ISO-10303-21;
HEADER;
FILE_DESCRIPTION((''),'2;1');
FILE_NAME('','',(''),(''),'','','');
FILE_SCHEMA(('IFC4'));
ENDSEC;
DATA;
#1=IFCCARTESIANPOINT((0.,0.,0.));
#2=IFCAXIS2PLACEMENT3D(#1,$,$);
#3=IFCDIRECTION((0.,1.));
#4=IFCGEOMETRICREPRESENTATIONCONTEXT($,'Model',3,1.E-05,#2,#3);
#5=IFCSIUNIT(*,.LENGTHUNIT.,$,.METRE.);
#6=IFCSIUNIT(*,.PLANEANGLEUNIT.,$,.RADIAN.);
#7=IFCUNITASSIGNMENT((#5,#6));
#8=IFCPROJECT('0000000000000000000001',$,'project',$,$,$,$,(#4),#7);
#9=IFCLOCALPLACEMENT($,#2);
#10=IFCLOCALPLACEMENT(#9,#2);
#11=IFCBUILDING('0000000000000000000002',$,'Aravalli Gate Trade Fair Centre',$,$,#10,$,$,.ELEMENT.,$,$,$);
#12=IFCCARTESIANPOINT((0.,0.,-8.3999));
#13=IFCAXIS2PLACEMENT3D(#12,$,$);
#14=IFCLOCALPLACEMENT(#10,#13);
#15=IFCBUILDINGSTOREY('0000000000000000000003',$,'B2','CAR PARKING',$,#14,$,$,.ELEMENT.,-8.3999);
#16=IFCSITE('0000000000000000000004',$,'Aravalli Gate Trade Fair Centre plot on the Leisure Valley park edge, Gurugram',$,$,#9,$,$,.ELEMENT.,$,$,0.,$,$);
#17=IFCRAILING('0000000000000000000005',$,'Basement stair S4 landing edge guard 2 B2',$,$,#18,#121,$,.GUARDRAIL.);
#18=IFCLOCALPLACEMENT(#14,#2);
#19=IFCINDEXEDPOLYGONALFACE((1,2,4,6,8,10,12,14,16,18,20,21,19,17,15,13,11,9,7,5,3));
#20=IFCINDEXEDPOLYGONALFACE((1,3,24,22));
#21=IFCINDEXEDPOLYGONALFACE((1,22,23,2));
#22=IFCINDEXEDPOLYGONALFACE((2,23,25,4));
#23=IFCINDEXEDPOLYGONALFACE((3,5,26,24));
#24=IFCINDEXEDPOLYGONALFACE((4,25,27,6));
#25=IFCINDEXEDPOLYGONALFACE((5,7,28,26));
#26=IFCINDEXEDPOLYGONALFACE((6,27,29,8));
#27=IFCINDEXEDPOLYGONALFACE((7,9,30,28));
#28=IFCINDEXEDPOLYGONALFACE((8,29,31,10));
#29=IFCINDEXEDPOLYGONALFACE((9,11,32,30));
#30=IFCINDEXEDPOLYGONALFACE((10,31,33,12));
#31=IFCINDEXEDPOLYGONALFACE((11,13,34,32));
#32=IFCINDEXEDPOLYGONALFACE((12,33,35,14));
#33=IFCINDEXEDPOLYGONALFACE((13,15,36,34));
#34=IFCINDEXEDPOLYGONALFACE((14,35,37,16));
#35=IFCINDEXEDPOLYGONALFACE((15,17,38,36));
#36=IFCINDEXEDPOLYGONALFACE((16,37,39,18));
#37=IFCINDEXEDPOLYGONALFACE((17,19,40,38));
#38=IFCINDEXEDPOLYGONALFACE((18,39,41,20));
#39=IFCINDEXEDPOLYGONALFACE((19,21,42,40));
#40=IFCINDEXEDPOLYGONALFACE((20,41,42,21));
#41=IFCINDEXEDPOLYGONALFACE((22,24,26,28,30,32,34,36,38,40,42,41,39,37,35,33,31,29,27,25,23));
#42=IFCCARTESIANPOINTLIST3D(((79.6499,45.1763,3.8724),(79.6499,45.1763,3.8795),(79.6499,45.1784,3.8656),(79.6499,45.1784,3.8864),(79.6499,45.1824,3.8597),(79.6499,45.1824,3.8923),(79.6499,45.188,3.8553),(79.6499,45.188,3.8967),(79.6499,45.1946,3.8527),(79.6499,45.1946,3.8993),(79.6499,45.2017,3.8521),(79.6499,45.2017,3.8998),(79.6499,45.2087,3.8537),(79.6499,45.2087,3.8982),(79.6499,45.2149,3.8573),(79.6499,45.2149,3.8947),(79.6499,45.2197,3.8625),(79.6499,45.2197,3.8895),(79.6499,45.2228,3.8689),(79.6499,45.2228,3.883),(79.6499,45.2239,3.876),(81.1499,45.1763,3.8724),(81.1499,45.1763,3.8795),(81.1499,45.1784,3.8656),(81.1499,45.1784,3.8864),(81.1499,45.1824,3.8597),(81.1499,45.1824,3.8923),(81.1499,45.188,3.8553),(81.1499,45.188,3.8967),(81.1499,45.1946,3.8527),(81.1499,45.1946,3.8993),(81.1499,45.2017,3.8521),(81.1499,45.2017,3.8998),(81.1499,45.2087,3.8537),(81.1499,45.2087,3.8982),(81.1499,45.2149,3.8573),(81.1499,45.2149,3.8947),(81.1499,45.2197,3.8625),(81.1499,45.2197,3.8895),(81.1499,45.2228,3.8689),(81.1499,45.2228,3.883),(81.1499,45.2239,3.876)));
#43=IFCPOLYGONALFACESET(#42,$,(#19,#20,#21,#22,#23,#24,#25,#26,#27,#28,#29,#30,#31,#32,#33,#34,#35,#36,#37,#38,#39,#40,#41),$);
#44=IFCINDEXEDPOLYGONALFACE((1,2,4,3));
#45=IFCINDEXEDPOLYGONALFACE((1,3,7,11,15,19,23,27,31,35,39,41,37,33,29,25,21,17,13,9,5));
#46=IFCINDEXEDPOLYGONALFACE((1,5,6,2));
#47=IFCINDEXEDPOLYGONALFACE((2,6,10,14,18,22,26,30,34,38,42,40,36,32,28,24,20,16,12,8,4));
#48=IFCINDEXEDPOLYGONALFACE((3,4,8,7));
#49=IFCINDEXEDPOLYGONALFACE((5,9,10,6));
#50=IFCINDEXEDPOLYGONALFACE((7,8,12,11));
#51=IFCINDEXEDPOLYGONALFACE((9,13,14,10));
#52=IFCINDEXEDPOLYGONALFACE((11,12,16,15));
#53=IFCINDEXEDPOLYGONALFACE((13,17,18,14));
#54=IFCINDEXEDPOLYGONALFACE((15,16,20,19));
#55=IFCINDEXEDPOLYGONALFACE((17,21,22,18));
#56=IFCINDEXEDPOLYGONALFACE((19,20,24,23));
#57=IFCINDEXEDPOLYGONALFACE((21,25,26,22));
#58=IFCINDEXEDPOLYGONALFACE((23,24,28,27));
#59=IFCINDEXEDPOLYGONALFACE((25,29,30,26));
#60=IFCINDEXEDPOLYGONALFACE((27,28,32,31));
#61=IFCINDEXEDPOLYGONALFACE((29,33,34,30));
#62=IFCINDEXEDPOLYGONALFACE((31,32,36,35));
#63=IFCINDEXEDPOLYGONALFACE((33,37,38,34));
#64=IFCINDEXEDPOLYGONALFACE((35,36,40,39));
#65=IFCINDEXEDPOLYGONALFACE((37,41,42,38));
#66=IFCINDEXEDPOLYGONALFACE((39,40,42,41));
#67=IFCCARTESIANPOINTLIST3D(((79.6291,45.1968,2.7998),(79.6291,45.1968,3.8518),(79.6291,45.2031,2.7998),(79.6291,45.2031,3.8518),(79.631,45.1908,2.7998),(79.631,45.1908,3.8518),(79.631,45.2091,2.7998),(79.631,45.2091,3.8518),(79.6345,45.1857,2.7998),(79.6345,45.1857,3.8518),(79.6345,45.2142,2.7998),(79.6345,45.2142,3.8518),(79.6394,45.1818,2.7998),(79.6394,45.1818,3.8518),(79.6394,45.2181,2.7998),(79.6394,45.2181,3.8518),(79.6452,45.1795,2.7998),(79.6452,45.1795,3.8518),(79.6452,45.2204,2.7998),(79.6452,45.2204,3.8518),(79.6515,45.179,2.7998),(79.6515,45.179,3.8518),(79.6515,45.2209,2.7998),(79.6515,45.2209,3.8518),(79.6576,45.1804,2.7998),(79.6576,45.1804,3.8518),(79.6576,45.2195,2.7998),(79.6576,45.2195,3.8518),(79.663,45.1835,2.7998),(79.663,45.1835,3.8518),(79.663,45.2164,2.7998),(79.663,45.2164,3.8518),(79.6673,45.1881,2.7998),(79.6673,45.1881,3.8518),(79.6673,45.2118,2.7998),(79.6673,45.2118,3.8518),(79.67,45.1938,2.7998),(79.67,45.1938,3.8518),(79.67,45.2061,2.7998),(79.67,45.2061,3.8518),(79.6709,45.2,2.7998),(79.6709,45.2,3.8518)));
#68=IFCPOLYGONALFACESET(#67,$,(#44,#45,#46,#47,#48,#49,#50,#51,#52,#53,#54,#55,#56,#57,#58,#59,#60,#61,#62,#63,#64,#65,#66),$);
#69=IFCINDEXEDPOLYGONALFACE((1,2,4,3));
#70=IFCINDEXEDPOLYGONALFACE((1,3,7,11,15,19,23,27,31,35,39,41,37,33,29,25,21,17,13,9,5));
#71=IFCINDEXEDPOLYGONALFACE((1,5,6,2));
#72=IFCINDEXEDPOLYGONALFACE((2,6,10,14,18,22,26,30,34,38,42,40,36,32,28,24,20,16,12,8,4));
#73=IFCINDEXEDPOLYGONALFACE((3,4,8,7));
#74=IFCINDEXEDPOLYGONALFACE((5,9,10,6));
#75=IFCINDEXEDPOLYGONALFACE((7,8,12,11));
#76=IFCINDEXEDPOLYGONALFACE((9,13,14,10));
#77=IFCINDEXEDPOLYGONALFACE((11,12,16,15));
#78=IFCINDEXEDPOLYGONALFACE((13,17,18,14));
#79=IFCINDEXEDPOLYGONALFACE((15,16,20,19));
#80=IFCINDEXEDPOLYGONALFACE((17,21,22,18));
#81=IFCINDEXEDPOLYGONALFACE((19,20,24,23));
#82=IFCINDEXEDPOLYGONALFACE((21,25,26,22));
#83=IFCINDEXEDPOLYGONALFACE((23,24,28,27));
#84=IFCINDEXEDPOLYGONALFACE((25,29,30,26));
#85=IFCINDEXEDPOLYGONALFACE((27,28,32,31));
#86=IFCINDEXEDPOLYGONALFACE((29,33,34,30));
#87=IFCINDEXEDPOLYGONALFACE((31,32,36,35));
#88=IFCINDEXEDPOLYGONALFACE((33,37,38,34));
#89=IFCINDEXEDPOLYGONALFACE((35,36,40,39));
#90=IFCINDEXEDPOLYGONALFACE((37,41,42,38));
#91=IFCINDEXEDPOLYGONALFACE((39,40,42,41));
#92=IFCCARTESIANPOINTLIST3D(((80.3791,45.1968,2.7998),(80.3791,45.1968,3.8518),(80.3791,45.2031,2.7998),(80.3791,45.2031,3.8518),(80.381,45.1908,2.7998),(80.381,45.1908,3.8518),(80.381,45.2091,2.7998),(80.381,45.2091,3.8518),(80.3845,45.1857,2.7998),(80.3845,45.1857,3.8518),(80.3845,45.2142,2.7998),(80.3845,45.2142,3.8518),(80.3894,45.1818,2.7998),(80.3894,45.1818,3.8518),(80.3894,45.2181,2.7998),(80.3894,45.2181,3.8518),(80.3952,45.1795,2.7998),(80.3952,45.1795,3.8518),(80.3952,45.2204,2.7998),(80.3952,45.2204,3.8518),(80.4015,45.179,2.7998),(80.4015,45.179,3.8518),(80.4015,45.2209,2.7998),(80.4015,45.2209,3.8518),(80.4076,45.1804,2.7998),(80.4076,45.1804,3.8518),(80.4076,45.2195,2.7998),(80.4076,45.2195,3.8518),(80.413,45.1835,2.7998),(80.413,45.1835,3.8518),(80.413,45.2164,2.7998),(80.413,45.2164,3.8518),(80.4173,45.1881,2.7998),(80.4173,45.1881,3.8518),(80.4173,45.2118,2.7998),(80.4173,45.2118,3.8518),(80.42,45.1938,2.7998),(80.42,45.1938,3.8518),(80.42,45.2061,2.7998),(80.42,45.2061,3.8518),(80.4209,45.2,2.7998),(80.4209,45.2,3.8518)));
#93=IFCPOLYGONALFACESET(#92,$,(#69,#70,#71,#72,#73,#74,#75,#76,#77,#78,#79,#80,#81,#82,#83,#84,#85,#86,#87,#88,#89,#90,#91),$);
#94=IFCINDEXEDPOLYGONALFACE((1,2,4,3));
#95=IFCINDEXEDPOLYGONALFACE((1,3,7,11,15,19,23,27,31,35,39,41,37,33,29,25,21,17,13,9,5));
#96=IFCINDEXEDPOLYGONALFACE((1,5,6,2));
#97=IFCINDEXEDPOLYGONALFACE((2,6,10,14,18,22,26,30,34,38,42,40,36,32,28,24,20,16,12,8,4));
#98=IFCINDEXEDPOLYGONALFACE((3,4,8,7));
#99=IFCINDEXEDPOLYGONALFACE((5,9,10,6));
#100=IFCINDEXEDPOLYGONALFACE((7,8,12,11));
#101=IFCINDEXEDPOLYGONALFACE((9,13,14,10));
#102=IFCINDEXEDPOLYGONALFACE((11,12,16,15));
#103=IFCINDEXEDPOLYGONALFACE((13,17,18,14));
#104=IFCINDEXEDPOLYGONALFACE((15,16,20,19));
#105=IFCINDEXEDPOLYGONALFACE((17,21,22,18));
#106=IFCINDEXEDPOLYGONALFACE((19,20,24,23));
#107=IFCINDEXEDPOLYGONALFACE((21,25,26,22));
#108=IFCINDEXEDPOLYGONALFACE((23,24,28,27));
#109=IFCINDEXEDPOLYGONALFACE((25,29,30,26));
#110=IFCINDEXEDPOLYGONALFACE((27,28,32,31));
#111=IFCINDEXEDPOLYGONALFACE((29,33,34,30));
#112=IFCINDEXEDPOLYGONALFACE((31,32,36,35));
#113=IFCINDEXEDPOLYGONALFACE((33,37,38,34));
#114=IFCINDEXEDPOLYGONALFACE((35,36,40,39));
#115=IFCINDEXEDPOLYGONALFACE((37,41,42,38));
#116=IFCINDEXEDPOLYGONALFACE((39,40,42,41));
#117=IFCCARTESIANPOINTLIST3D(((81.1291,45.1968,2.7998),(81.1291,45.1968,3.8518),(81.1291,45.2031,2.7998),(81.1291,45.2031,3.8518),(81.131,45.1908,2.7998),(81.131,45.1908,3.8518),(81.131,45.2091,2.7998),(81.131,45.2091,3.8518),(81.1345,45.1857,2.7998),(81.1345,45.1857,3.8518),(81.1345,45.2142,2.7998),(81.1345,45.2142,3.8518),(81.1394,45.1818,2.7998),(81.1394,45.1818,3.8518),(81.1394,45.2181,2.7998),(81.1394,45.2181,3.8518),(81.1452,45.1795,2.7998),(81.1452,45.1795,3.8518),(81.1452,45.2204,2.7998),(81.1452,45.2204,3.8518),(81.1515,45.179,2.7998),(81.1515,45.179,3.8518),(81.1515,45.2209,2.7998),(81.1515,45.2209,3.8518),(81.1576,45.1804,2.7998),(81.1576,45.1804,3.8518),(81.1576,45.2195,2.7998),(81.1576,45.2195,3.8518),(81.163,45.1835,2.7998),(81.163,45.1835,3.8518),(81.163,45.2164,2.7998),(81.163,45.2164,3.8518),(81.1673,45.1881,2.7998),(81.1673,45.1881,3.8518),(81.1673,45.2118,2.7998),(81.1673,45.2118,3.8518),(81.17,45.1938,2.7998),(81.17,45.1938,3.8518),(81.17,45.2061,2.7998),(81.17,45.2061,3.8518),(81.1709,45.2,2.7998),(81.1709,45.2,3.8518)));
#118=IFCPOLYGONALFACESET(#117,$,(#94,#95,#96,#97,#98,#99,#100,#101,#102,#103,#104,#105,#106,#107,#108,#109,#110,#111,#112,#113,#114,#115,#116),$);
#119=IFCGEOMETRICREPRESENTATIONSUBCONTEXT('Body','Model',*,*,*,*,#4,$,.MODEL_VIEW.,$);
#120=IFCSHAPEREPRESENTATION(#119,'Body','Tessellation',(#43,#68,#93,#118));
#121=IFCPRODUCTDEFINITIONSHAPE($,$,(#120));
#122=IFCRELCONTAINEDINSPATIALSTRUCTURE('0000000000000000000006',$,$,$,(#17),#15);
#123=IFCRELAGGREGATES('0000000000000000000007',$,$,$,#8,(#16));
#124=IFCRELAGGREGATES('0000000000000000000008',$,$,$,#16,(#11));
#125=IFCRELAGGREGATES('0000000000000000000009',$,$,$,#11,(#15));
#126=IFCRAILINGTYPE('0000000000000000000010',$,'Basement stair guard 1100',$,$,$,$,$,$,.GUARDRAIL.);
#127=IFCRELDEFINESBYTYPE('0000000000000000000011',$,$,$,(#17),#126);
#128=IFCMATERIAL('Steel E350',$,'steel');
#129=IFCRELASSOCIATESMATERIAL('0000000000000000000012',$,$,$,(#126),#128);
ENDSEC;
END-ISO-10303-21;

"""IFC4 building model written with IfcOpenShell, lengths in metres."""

from ifc_helpers import new_model, si_unit, direction, frame, origin, origin_2d, place, context, subcontext, project, spatial, circle, extrude, material, type_object, element, save


model = new_model("IFC4")

# Units and contexts
model_context = context("Model", 3, precision=1e-05, world=origin(), true_north=direction((0.0, 1.0)))
body_context = subcontext(model_context, "Body", "Model", "MODEL_VIEW")
ifc_project = project(units=[si_unit("LENGTHUNIT", "METRE"), si_unit("PLANEANGLEUNIT", "RADIAN")], contexts=[model_context])

# Site, building, storey
site_placement = place(None, origin())
site = spatial("IfcSite", under=ifc_project, at=site_placement, Name="Aravalli Gate Trade Fair Centre plot on the Leisure Valley park edge, Gurugram", CompositionType="ELEMENT", RefElevation=0.0)
building_placement = place(site_placement, origin())
building = spatial("IfcBuilding", under=site, at=building_placement, Name="Aravalli Gate Trade Fair Centre", CompositionType="ELEMENT")
storey_placement = place(building_placement, frame((0.0, 0.0, -8.3999)))
storey = spatial("IfcBuildingStorey", under=building, at=storey_placement, Name="B2", Description="CAR PARKING", CompositionType="ELEMENT", Elevation=-8.3999)

# Railing
ifc_material_1 = material(Name="Steel E350", Category="steel")
railing_type = type_object("IfcRailingType", Name="Basement stair guard 1100", PredefinedType="GUARDRAIL", material=ifc_material_1)
railing_1_placement = place(storey_placement, frame((79.6499, 45.2, 2.7998)))
element("IfcRailing", 1, at=railing_1_placement, inside=storey, type_object=railing_type, Name="Basement stair S4 landing edge guard 2 B2", PredefinedType="GUARDRAIL", context=body_context, shape_type="SweptSolid", body=[
    extrude(circle(Radius=0.0239, at=origin_2d()), frame((0.0, 0.0, 1.0762), z_axis=(1.0, 0.0, 0.0), x_axis=(0.0, 1.0, 0.0)), (0.0, 0.0, 1.0), 1.5),
    extrude(circle(Radius=0.021, at=origin_2d()), origin(), (0.0, 0.0, 1.0), 1.052),
    extrude(circle(Radius=0.021, at=origin_2d()), frame((0.75, 0.0, 0.0)), (0.0, 0.0, 1.0), 1.052),
    extrude(circle(Radius=0.021, at=origin_2d()), frame((1.5, 0.0, 0.0)), (0.0, 0.0, 1.0), 1.052),
])

save(model, "model.ifc")
